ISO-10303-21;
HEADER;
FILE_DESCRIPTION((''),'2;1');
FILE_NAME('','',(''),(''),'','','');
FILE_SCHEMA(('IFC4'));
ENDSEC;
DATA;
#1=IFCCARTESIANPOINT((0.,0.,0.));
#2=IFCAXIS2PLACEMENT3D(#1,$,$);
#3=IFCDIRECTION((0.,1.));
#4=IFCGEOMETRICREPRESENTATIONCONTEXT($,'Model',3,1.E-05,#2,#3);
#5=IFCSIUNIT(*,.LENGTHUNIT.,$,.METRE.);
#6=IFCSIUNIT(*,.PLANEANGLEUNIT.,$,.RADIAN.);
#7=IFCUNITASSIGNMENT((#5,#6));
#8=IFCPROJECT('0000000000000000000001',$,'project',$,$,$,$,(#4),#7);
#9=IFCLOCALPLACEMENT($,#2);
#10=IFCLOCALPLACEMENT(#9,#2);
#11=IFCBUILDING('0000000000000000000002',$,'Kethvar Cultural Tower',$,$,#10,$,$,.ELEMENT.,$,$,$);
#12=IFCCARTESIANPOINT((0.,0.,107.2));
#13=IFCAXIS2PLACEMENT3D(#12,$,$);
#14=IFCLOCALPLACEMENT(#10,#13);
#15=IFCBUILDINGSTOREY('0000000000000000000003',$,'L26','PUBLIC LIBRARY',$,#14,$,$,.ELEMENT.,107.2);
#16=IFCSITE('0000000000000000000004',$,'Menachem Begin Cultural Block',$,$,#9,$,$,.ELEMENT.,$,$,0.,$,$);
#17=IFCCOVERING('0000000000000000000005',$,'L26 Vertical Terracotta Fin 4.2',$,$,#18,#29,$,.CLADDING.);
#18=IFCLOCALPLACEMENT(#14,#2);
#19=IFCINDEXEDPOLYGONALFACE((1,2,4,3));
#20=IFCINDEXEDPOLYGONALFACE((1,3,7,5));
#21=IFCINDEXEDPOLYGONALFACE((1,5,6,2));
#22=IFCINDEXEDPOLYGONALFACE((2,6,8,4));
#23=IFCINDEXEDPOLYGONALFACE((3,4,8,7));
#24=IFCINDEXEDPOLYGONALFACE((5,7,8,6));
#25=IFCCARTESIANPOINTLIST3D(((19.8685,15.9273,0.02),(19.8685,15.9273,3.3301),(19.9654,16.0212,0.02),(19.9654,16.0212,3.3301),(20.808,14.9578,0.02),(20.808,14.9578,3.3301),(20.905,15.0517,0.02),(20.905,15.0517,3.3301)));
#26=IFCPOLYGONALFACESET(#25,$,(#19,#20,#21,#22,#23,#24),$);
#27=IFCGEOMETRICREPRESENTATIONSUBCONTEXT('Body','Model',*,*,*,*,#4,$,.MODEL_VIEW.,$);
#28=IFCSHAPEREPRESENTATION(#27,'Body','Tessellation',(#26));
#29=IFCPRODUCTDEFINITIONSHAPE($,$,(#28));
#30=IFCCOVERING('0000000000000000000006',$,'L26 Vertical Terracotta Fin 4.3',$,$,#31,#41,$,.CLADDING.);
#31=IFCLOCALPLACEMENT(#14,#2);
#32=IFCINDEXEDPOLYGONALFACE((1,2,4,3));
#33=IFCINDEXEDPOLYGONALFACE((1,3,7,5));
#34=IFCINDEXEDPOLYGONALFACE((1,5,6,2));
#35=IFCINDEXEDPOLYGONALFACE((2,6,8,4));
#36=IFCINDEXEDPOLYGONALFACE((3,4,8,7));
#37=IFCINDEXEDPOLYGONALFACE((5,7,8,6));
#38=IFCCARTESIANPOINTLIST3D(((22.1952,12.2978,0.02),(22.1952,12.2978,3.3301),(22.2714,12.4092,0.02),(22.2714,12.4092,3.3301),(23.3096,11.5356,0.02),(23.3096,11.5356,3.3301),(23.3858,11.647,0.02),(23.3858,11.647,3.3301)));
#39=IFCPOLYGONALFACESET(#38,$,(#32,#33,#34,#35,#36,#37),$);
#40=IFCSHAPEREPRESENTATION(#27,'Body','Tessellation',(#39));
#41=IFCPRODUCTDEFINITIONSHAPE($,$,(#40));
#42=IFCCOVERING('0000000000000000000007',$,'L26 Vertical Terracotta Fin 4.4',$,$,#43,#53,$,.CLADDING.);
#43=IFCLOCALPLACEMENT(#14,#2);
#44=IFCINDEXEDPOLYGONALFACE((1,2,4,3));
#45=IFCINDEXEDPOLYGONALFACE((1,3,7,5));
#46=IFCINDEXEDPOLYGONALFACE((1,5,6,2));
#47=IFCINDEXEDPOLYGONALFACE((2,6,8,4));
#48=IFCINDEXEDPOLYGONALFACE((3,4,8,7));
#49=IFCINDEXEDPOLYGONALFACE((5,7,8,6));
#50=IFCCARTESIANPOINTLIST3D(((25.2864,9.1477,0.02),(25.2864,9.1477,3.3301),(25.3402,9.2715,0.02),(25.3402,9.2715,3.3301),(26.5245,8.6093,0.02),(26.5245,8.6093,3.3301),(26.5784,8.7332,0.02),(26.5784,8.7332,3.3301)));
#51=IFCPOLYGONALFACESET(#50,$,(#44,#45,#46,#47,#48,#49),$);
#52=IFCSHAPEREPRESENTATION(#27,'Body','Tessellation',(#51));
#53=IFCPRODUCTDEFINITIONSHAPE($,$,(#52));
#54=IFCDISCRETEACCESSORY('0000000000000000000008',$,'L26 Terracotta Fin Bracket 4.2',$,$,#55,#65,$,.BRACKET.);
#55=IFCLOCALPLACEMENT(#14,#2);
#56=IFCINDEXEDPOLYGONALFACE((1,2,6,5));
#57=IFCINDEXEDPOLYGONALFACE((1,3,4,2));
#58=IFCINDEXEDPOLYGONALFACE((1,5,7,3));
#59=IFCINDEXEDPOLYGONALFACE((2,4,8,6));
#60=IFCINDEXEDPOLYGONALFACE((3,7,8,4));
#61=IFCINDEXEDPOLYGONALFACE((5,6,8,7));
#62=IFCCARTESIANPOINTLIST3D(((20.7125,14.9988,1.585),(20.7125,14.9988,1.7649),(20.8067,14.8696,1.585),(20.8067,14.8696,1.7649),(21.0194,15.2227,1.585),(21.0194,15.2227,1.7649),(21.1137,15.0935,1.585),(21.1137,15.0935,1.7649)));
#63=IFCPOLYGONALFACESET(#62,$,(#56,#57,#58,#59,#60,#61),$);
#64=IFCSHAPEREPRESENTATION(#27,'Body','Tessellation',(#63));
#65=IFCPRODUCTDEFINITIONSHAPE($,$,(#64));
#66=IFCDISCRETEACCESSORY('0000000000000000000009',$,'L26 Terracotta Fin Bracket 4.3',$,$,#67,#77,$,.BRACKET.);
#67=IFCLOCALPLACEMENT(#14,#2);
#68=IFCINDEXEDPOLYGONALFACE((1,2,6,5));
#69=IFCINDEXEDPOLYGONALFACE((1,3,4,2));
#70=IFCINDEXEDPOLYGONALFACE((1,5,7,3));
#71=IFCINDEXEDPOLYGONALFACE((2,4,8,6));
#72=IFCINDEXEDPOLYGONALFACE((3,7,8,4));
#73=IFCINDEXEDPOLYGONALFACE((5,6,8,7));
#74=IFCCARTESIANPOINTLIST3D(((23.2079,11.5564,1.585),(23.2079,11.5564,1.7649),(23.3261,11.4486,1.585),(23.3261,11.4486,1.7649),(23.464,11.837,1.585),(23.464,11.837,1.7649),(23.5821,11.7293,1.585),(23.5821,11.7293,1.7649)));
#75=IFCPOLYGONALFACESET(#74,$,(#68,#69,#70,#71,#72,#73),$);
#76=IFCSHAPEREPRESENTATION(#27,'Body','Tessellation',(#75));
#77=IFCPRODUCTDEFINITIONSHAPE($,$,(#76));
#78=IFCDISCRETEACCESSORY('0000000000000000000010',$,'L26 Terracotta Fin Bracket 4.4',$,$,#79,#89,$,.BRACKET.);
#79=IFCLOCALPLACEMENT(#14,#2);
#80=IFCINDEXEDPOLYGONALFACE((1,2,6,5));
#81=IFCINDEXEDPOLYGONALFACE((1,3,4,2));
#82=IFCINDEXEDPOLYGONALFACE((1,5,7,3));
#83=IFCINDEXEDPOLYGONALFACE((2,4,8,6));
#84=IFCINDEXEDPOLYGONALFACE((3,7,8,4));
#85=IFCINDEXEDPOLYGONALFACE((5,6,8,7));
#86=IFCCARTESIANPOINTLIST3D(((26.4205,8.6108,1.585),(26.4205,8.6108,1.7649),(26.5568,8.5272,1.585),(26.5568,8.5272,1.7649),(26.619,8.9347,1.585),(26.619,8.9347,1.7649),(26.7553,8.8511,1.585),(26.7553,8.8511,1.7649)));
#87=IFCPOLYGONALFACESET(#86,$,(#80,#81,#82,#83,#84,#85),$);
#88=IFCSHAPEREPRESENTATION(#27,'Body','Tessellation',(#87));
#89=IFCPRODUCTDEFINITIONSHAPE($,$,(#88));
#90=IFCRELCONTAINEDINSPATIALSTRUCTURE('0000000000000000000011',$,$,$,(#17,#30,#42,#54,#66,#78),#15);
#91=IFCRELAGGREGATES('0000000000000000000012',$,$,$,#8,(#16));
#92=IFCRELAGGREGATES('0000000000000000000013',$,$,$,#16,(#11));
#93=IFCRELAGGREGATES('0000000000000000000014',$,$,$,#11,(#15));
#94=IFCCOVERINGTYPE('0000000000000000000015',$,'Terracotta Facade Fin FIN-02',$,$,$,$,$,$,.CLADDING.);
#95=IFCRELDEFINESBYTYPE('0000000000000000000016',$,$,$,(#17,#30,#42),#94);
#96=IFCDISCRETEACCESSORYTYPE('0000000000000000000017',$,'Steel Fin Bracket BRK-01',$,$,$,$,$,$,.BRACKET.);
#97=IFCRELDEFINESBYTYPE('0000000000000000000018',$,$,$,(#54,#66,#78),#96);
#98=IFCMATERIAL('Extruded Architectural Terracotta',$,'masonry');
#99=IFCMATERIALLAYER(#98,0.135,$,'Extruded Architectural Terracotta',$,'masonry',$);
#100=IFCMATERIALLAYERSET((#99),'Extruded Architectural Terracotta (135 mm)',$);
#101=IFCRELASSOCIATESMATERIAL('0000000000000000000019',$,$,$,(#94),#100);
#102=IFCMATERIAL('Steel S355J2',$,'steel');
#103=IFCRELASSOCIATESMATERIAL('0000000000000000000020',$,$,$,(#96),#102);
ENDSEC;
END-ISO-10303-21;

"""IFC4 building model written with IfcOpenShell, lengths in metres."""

from ifc_helpers import new_model, si_unit, direction, frame, origin, origin_2d, place, context, subcontext, project, spatial, rectangle, extrude, source, transform, mapped, material, layer, layer_set, type_object, element, save


model = new_model("IFC4")

# Units and contexts
model_context = context("Model", 3, precision=1e-05, world=origin(), true_north=direction((0.0, 1.0)))
body_context = subcontext(model_context, "Body", "Model", "MODEL_VIEW")
ifc_project = project(units=[si_unit("LENGTHUNIT", "METRE"), si_unit("PLANEANGLEUNIT", "RADIAN")], contexts=[model_context])

# Site, building, storey
site_placement = place(None, origin())
site = spatial("IfcSite", under=ifc_project, at=site_placement, Name="Menachem Begin Cultural Block", CompositionType="ELEMENT", RefElevation=0.0)
building_placement = place(site_placement, origin())
building = spatial("IfcBuilding", under=site, at=building_placement, Name="Kethvar Cultural Tower", CompositionType="ELEMENT")
storey_placement = place(building_placement, frame((0.0, 0.0, 107.2)))
storey = spatial("IfcBuildingStorey", under=building, at=storey_placement, Name="L26", Description="PUBLIC LIBRARY", CompositionType="ELEMENT", Elevation=107.2)

# Shared definitions
ifc_material_1 = material(Name="Steel S355J2", Category="steel")

# Coverings
ifc_material_2 = material(Name="Extruded Architectural Terracotta", Category="masonry")
ifc_layer_1 = layer(ifc_material_2, 0.135, Name="Extruded Architectural Terracotta", Category="masonry")
ifc_layer_set_1 = layer_set([ifc_layer_1], Name="Extruded Architectural Terracotta (135 mm)")
covering_type = type_object("IfcCoveringType", Name="Terracotta Facade Fin FIN-02", PredefinedType="CLADDING", material=ifc_layer_set_1)
shared_shape_1 = source(origin(), body_context, "Body", "SweptSolid", [
    extrude(rectangle(XDim=1.3501, YDim=0.135, at=origin_2d()), origin(), (0.0, 0.0, 1.0), 3.3101),
])
for number, where, z_axis, x_axis, name in (
    (1, (20.3867, 15.4895, 0.02), (0.0, 0.0, 1.0), (-0.695913, 0.718126, 0.0), "L26 Vertical Terracotta Fin 4.2"),
    (2, (22.7905, 11.9724, 0.02), (0.0, 0.0, 1.0), (-0.825409, 0.564535, 0.0), "L26 Vertical Terracotta Fin 4.3"),
    (3, (25.9324, 8.9404, 0.02), (0.0, 0.0, 1.0), (-0.91706, 0.398749, 0.0), "L26 Vertical Terracotta Fin 4.4"),
):
    element("IfcCovering", number, at=place(storey_placement, frame(where, z_axis=z_axis, x_axis=x_axis)), inside=storey, type_object=covering_type, Name=name, PredefinedType="CLADDING", context=body_context, shape_type="MappedRepresentation", body=[
        mapped(shared_shape_1, transform((0.0, 0.0, 0.0), scale=1.0)),
    ])

# Discrete accessories
discrete_accessory_type = type_object("IfcDiscreteAccessoryType", Name="Steel Fin Bracket BRK-01", PredefinedType="BRACKET", material=ifc_material_1)
shared_shape_2 = source(origin(), body_context, "Body", "SweptSolid", [
    extrude(rectangle(XDim=0.3799, YDim=0.1599, at=origin_2d()), origin(), (0.0, 0.0, 1.0), 0.1799),
])
for number, where, z_axis, x_axis, name in (
    (4, (20.9131, 15.0461, 1.585), (0.0, 0.0, 1.0), (-0.80799, -0.589196, 0.0), "L26 Terracotta Fin Bracket 4.2"),
    (5, (23.395, 11.6428, 1.585), (0.0, 0.0, 1.0), (-0.673916, -0.738808, 0.0), "L26 Terracotta Fin Bracket 4.3"),
    (6, (26.5879, 8.731, 1.585), (0.0, 0.0, 1.0), (-0.522499, -0.85264, 0.0), "L26 Terracotta Fin Bracket 4.4"),
):
    element("IfcDiscreteAccessory", number, at=place(storey_placement, frame(where, z_axis=z_axis, x_axis=x_axis)), inside=storey, type_object=discrete_accessory_type, Name=name, PredefinedType="BRACKET", context=body_context, shape_type="MappedRepresentation", body=[
        mapped(shared_shape_2, transform((0.0, 0.0, 0.0), scale=1.0)),
    ])

save(model, "model.ifc")
